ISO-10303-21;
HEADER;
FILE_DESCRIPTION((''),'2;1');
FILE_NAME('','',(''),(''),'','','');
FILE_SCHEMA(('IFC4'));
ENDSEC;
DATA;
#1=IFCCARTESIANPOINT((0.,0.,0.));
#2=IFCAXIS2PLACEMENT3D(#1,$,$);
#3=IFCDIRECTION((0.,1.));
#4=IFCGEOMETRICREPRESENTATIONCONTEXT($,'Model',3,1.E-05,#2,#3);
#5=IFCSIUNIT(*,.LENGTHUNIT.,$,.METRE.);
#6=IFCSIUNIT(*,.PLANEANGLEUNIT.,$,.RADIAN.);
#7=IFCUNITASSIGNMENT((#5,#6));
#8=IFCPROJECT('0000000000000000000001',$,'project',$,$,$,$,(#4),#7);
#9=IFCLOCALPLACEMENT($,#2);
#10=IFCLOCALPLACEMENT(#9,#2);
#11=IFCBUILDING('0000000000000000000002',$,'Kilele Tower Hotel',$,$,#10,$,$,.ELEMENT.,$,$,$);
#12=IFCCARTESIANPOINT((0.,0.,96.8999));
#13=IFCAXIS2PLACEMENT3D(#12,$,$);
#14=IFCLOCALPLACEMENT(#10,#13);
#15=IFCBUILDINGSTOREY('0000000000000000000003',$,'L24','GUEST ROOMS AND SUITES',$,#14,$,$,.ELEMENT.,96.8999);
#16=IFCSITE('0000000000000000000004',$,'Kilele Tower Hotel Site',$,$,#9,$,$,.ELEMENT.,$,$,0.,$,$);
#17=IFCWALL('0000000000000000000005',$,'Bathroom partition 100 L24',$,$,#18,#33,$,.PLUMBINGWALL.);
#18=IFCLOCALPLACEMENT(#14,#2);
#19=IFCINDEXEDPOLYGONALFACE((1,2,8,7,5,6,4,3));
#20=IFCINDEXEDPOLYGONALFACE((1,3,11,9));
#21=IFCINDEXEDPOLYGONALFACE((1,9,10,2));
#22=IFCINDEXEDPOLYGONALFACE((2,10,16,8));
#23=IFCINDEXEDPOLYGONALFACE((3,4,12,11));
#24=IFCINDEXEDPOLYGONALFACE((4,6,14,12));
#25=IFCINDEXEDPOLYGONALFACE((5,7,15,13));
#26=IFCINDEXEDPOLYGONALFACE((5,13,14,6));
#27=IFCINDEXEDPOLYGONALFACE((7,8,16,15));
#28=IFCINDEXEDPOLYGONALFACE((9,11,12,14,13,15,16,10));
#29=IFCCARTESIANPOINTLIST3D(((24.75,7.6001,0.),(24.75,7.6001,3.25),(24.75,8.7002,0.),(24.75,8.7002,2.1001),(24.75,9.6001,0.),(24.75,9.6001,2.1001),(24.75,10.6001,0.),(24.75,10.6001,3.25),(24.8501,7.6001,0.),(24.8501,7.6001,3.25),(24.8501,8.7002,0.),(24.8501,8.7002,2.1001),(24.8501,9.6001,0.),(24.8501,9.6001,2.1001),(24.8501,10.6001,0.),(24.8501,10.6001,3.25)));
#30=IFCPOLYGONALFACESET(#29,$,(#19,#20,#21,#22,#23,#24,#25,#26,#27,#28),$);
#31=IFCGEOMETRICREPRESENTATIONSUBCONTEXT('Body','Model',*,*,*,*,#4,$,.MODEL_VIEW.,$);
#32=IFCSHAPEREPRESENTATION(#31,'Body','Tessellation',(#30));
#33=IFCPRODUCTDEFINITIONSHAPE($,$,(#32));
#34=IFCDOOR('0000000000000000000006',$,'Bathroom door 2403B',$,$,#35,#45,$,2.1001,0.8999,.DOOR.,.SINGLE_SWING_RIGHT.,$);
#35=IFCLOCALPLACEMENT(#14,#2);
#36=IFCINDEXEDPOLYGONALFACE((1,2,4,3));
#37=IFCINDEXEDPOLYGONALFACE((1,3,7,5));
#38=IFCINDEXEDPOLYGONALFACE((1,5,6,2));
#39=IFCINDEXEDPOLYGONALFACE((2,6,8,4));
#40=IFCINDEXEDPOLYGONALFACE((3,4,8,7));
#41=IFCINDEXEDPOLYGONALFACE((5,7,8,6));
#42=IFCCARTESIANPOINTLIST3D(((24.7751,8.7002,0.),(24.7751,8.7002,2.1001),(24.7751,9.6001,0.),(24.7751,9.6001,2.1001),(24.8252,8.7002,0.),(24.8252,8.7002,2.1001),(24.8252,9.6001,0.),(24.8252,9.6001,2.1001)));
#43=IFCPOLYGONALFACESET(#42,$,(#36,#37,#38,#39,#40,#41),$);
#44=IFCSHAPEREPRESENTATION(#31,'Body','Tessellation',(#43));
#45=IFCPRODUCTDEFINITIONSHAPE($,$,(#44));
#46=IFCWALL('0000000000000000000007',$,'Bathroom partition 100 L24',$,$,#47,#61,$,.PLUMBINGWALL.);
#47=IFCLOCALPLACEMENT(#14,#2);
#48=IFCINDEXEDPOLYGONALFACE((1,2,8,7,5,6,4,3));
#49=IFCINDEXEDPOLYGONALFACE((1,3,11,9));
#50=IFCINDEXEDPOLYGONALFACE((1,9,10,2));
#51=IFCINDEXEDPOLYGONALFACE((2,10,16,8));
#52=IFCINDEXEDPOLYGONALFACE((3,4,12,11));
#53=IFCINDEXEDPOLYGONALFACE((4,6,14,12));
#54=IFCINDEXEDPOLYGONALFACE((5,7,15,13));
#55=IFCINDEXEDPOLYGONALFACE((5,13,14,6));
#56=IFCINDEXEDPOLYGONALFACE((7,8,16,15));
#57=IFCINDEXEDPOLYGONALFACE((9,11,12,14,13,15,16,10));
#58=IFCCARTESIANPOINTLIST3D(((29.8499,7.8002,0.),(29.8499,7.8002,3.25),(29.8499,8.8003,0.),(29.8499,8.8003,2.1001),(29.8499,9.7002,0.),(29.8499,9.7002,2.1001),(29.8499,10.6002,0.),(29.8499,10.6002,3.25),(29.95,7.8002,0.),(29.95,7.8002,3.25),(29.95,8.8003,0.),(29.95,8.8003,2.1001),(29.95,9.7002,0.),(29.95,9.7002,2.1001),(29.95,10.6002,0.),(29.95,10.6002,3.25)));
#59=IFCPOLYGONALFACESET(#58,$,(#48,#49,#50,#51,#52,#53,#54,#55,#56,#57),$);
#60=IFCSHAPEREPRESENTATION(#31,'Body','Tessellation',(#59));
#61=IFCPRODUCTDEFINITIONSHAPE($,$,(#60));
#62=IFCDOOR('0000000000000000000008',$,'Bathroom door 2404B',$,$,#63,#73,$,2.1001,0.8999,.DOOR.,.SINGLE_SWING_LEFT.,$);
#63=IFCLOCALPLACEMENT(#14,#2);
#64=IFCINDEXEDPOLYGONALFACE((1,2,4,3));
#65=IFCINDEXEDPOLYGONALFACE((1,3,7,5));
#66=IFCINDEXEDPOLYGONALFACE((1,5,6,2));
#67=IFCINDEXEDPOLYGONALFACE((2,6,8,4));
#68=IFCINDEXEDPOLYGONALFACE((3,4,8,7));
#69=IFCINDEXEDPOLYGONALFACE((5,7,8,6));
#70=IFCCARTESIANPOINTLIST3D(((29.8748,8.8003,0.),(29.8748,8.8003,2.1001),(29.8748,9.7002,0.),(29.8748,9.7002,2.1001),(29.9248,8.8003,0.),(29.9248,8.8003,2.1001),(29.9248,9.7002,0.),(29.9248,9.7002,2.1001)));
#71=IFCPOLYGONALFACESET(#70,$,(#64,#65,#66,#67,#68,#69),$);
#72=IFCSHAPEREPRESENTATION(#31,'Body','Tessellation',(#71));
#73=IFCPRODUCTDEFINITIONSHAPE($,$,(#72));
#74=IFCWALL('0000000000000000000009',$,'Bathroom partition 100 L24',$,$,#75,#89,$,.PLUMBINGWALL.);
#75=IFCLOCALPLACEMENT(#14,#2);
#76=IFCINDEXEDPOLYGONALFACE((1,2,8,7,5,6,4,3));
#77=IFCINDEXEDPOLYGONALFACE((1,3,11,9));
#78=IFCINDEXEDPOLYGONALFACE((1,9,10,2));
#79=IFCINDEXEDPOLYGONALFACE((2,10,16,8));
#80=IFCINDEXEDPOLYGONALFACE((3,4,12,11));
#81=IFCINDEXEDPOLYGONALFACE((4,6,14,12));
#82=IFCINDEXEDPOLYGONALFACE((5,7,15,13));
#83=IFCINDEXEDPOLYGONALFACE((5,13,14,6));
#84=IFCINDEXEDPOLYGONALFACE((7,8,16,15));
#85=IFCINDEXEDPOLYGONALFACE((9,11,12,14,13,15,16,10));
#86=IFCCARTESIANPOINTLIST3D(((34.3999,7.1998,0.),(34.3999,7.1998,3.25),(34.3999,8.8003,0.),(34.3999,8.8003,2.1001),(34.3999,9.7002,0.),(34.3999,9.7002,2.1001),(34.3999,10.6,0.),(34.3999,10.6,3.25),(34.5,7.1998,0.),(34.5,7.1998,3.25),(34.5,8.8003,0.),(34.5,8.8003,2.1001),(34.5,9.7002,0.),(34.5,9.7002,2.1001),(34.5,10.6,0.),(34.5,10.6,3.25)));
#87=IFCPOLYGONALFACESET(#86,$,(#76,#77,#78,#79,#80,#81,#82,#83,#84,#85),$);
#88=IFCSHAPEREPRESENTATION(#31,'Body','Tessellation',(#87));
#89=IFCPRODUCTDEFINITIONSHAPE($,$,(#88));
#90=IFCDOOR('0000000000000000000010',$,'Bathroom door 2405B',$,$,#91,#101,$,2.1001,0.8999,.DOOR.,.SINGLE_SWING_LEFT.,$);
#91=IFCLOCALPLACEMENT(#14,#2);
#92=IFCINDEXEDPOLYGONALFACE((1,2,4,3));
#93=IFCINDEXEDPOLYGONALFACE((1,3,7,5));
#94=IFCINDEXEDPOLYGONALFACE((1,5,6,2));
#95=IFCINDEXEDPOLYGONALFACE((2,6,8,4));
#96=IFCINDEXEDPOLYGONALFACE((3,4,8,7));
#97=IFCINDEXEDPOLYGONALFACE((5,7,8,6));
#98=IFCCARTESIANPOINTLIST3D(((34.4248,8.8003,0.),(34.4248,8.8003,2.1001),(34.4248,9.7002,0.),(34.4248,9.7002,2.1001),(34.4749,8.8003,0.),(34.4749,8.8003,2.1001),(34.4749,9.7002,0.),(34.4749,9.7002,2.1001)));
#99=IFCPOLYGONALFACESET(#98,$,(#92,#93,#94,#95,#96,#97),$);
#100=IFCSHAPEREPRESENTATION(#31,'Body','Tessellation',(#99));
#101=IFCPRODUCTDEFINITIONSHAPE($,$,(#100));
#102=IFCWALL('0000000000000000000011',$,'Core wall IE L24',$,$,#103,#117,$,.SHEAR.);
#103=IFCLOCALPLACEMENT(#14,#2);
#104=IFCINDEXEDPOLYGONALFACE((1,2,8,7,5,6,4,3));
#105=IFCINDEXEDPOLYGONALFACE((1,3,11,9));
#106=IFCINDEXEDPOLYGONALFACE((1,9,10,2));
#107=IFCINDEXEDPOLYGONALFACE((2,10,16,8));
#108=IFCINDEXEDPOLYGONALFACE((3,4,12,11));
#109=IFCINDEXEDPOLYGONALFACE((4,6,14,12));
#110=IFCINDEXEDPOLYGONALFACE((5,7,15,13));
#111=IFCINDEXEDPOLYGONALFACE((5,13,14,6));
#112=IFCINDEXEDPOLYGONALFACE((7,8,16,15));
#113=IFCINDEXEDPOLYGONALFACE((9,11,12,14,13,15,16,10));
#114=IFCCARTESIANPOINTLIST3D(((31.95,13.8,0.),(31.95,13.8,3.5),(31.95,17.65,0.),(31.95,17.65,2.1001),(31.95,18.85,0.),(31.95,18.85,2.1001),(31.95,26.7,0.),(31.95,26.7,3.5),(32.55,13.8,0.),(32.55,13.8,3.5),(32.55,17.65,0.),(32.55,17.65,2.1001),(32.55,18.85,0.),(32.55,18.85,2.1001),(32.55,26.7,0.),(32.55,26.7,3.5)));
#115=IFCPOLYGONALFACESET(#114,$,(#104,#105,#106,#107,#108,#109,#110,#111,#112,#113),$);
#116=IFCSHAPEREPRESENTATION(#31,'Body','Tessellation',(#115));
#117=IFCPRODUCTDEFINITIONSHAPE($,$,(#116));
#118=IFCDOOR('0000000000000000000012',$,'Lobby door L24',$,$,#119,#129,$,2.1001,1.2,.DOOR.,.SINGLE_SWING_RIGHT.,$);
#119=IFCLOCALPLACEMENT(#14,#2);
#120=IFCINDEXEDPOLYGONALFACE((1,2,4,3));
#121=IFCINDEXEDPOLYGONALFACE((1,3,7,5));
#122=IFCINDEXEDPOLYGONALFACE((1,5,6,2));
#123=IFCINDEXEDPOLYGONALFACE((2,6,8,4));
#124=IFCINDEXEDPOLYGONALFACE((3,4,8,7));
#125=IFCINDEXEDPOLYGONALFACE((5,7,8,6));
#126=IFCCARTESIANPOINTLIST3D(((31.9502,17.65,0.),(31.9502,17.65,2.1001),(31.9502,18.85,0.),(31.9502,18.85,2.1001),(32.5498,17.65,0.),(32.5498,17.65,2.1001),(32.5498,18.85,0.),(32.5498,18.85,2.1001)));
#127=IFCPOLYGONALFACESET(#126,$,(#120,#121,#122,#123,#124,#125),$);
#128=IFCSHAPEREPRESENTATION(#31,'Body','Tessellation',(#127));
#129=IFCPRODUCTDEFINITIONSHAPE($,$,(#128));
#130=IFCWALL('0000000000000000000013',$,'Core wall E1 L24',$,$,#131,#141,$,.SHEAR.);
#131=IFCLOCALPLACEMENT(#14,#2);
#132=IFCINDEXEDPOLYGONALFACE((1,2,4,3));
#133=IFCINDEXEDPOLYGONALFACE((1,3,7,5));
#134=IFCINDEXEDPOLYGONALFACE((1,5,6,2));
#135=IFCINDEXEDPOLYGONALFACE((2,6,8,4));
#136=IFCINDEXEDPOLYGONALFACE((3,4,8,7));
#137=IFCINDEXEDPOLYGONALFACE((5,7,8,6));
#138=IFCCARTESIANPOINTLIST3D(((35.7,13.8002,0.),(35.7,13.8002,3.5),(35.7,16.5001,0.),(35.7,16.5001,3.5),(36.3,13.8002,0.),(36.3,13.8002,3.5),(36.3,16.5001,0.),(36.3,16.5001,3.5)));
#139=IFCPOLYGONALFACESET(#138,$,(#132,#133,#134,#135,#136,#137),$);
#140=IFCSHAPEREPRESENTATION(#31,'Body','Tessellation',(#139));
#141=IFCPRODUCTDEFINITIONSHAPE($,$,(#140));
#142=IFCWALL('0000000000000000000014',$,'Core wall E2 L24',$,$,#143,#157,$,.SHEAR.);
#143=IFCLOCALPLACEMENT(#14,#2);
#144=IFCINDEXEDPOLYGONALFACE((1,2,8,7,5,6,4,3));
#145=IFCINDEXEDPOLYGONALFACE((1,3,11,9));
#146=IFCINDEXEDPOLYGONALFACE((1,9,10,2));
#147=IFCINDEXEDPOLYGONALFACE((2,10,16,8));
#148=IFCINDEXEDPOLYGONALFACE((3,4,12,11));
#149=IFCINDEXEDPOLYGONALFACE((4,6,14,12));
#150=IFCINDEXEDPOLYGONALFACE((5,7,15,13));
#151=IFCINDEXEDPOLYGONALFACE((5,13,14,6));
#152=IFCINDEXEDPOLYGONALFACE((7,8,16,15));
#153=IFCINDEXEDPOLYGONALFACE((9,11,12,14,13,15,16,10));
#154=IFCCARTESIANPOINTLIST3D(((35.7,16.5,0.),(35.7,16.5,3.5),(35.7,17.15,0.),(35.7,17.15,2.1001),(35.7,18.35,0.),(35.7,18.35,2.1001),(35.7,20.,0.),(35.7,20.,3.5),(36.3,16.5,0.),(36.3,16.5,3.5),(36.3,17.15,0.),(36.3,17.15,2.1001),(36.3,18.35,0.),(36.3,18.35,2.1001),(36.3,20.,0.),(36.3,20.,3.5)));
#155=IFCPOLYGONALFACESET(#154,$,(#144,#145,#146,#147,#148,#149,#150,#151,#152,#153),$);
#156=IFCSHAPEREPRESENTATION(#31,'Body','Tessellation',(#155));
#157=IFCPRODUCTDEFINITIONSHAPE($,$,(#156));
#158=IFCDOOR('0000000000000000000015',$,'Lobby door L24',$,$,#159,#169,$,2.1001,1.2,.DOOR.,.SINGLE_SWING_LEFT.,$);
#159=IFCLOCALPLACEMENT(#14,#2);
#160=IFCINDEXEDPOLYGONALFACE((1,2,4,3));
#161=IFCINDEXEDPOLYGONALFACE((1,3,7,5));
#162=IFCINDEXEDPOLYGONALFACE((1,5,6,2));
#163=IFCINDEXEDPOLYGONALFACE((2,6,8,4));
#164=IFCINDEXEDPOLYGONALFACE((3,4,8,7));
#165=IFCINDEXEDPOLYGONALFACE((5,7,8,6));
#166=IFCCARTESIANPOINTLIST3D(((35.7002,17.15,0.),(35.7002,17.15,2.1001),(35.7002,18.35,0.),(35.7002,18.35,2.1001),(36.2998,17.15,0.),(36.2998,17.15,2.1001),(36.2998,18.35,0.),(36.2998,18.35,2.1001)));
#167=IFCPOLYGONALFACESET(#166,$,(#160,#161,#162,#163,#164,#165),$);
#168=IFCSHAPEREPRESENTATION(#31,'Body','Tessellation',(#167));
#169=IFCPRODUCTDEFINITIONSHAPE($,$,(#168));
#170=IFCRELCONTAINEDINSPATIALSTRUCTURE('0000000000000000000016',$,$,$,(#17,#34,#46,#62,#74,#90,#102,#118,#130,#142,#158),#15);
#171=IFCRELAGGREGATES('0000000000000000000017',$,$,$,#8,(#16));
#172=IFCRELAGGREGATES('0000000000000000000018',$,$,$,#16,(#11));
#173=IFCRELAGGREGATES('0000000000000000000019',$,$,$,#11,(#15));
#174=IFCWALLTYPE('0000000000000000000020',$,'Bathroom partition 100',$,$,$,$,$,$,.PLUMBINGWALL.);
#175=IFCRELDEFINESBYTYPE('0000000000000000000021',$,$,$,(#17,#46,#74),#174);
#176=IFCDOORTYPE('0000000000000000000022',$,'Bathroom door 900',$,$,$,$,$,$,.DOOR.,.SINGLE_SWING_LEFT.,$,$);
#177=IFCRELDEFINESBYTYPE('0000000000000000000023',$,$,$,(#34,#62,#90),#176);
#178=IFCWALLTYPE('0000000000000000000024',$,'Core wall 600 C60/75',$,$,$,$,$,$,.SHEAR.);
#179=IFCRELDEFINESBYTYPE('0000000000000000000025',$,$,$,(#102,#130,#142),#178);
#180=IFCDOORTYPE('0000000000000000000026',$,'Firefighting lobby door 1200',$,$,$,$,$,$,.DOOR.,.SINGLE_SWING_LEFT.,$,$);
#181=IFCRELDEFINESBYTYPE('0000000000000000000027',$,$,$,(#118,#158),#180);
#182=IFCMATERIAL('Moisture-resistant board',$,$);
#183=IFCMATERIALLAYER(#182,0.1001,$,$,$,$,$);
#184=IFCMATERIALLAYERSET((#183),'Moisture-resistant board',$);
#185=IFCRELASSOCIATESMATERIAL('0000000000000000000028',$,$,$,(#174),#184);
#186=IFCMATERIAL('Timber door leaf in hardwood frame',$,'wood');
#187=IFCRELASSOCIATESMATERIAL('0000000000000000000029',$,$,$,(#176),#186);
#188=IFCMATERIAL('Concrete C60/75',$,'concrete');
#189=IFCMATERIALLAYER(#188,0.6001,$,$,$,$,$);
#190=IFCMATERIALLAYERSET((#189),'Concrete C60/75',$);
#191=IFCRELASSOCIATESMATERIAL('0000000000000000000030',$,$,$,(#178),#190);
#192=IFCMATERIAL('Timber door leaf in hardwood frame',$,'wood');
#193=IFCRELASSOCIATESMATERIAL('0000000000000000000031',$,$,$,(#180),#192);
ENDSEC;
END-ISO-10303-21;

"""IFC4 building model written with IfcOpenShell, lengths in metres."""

from ifc_helpers import new_model, si_unit, direction, frame, frame_2d, origin, place, context, subcontext, project, spatial, rectangle, extrude, material, layer, layer_set, type_object, element, fill, save


model = new_model("IFC4")

# Units and contexts
model_context = context("Model", 3, precision=1e-05, world=origin(), true_north=direction((0.0, 1.0)))
body_context = subcontext(model_context, "Body", "Model", "MODEL_VIEW")
ifc_project = project(units=[si_unit("LENGTHUNIT", "METRE"), si_unit("PLANEANGLEUNIT", "RADIAN")], contexts=[model_context])

# Site, building, storey
site_placement = place(None, origin())
site = spatial("IfcSite", under=ifc_project, at=site_placement, Name="Kilele Tower Hotel Site", CompositionType="ELEMENT", RefElevation=0.0)
building_placement = place(site_placement, origin())
building = spatial("IfcBuilding", under=site, at=building_placement, Name="Kilele Tower Hotel", CompositionType="ELEMENT")
storey_placement = place(building_placement, frame((0.0, 0.0, 96.8999)))
storey = spatial("IfcBuildingStorey", under=building, at=storey_placement, Name="L24", Description="GUEST ROOMS AND SUITES", CompositionType="ELEMENT", Elevation=96.8999)

# Walls, openings, doors
ifc_material_1 = material(Name="Moisture-resistant board")
ifc_layer_1 = layer(ifc_material_1, 0.1001)
ifc_layer_set_1 = layer_set([ifc_layer_1], Name="Moisture-resistant board")
wall_type_1 = type_object("IfcWallType", Name="Bathroom partition 100", PredefinedType="PLUMBINGWALL", material=ifc_layer_set_1)
wall_1_placement = place(storey_placement, frame((24.8, 10.6001, 0.0), z_axis=(0.0, 0.0, 1.0), x_axis=(0.0, -1.0, 0.0)))
wall_1 = element("IfcWall", 1, at=wall_1_placement, inside=storey, type_object=wall_type_1, Name="Bathroom partition 100 L24", PredefinedType="PLUMBINGWALL", context=body_context, shape_type="SweptSolid", body=[
    extrude(rectangle(XDim=3.0, YDim=0.1001, at=frame_2d((1.5, 0.0))), origin(), (0.0, 0.0, 1.0), 3.25),
])
opening_1_placement = place(wall_1_placement, frame((1.8999, 0.0, 0.0), z_axis=(0.0, 0.0, 1.0), x_axis=(-1.0, 0.0, 0.0)))
opening_1 = element("IfcOpeningElement", 2, at=opening_1_placement, cuts=wall_1, PredefinedType="OPENING", context=body_context, shape_type="SweptSolid", body=[
    extrude(rectangle(XDim=0.8999, YDim=2.1001, at=frame_2d((0.45, 1.05))), frame((0.0, 0.0601, 0.0), z_axis=(0.0, -1.0, 0.0), x_axis=(1.0, 0.0, 0.0)), (0.0, 0.0, 1.0), 0.1201),
])
ifc_material_2 = material(Name="Timber door leaf in hardwood frame", Category="wood")
door_type_1 = type_object("IfcDoorType", Name="Bathroom door 900", OperationType="SINGLE_SWING_LEFT", PredefinedType="DOOR", material=ifc_material_2)
door_1_placement = place(opening_1_placement, origin())
door_1 = element("IfcDoor", 3, at=door_1_placement, inside=storey, type_object=door_type_1, Name="Bathroom door 2403B", OperationType="SINGLE_SWING_RIGHT", OverallHeight=2.1001, OverallWidth=0.8999, PredefinedType="DOOR", context=body_context, shape_type="SweptSolid", body=[
    extrude(rectangle(XDim=0.8999, YDim=2.1001, at=frame_2d((0.45, 1.05))), frame((0.0, 0.0249, 0.0), z_axis=(0.0, -1.0, 0.0), x_axis=(1.0, 0.0, 0.0)), (0.0, 0.0, 1.0), 0.05),
])
fill(opening_1, door_1)
wall_2_placement = place(storey_placement, frame((29.8999, 10.6001, 0.0), z_axis=(0.0, 0.0, 1.0), x_axis=(0.0, -1.0, 0.0)))
wall_2 = element("IfcWall", 4, at=wall_2_placement, inside=storey, type_object=wall_type_1, Name="Bathroom partition 100 L24", PredefinedType="PLUMBINGWALL", context=body_context, shape_type="SweptSolid", body=[
    extrude(rectangle(XDim=2.8, YDim=0.1001, at=frame_2d((1.3999, 0.0))), origin(), (0.0, 0.0, 1.0), 3.25),
])
opening_2_placement = place(wall_2_placement, frame((0.8999, 0.0, 0.0)))
opening_2 = element("IfcOpeningElement", 5, at=opening_2_placement, cuts=wall_2, PredefinedType="OPENING", context=body_context, shape_type="SweptSolid", body=[
    extrude(rectangle(XDim=0.8999, YDim=2.1001, at=frame_2d((0.45, 1.05))), frame((0.0, 0.0601, 0.0), z_axis=(0.0, -1.0, 0.0), x_axis=(1.0, 0.0, 0.0)), (0.0, 0.0, 1.0), 0.1201),
])
door_2_placement = place(opening_2_placement, origin())
door_2 = element("IfcDoor", 6, at=door_2_placement, inside=storey, type_object=door_type_1, Name="Bathroom door 2404B", OperationType="SINGLE_SWING_LEFT", OverallHeight=2.1001, OverallWidth=0.8999, PredefinedType="DOOR", context=body_context, shape_type="SweptSolid", body=[
    extrude(rectangle(XDim=0.8999, YDim=2.1001, at=frame_2d((0.45, 1.05))), frame((0.0, 0.0249, 0.0), z_axis=(0.0, -1.0, 0.0), x_axis=(1.0, 0.0, 0.0)), (0.0, 0.0, 1.0), 0.05),
])
fill(opening_2, door_2)
wall_3_placement = place(storey_placement, frame((34.45, 10.6001, 0.0), z_axis=(0.0, 0.0, 1.0), x_axis=(0.0, -1.0, 0.0)))
wall_3 = element("IfcWall", 7, at=wall_3_placement, inside=storey, type_object=wall_type_1, Name="Bathroom partition 100 L24", PredefinedType="PLUMBINGWALL", context=body_context, shape_type="SweptSolid", body=[
    extrude(rectangle(XDim=3.4001, YDim=0.1001, at=frame_2d((1.7002, 0.0))), origin(), (0.0, 0.0, 1.0), 3.25),
])
opening_3_placement = place(wall_3_placement, frame((0.8999, 0.0, 0.0)))
opening_3 = element("IfcOpeningElement", 8, at=opening_3_placement, cuts=wall_3, PredefinedType="OPENING", context=body_context, shape_type="SweptSolid", body=[
    extrude(rectangle(XDim=0.8999, YDim=2.1001, at=frame_2d((0.45, 1.05))), frame((0.0, 0.0601, 0.0), z_axis=(0.0, -1.0, 0.0), x_axis=(1.0, 0.0, 0.0)), (0.0, 0.0, 1.0), 0.1201),
])
door_3_placement = place(opening_3_placement, origin())
door_3 = element("IfcDoor", 9, at=door_3_placement, inside=storey, type_object=door_type_1, Name="Bathroom door 2405B", OperationType="SINGLE_SWING_LEFT", OverallHeight=2.1001, OverallWidth=0.8999, PredefinedType="DOOR", context=body_context, shape_type="SweptSolid", body=[
    extrude(rectangle(XDim=0.8999, YDim=2.1001, at=frame_2d((0.45, 1.05))), frame((0.0, 0.0249, 0.0), z_axis=(0.0, -1.0, 0.0), x_axis=(1.0, 0.0, 0.0)), (0.0, 0.0, 1.0), 0.05),
])
fill(opening_3, door_3)
ifc_material_3 = material(Name="Concrete C60/75", Category="concrete")
ifc_layer_2 = layer(ifc_material_3, 0.6001)
ifc_layer_set_2 = layer_set([ifc_layer_2], Name="Concrete C60/75")
wall_type_2 = type_object("IfcWallType", Name="Core wall 600 C60/75", PredefinedType="SHEAR", material=ifc_layer_set_2)
wall_4_placement = place(storey_placement, frame((32.25, 13.8, 0.0), z_axis=(0.0, 0.0, 1.0), x_axis=(0.0, 1.0, 0.0)))
wall_4 = element("IfcWall", 10, at=wall_4_placement, inside=storey, type_object=wall_type_2, Name="Core wall IE L24", PredefinedType="SHEAR", context=body_context, shape_type="SweptSolid", body=[
    extrude(rectangle(XDim=12.8999, YDim=0.6001, at=frame_2d((6.45, 0.0))), origin(), (0.0, 0.0, 1.0), 3.5),
])
opening_4_placement = place(wall_4_placement, frame((5.05, 0.0, 0.0), z_axis=(0.0, 0.0, 1.0), x_axis=(-1.0, 0.0, 0.0)))
opening_4 = element("IfcOpeningElement", 11, at=opening_4_placement, cuts=wall_4, PredefinedType="OPENING", context=body_context, shape_type="SweptSolid", body=[
    extrude(rectangle(XDim=1.2, YDim=2.1001, at=frame_2d((0.6001, 1.05))), frame((0.0, 0.3101, 0.0), z_axis=(0.0, -1.0, 0.0), x_axis=(1.0, 0.0, 0.0)), (0.0, 0.0, 1.0), 0.6201),
])
ifc_material_4 = material(Name="Timber door leaf in hardwood frame", Category="wood")
door_type_2 = type_object("IfcDoorType", Name="Firefighting lobby door 1200", OperationType="SINGLE_SWING_LEFT", PredefinedType="DOOR", material=ifc_material_4)
door_4_placement = place(opening_4_placement, origin())
door_4 = element("IfcDoor", 12, at=door_4_placement, inside=storey, type_object=door_type_2, Name="Lobby door L24", OperationType="SINGLE_SWING_RIGHT", OverallHeight=2.1001, OverallWidth=1.2, PredefinedType="DOOR", context=body_context, shape_type="SweptSolid", body=[
    extrude(rectangle(XDim=1.2, YDim=2.1001, at=frame_2d((0.6001, 1.05))), frame((0.0, 0.2998, 0.0), z_axis=(0.0, -1.0, 0.0), x_axis=(1.0, 0.0, 0.0)), (0.0, 0.0, 1.0), 0.5996),
])
fill(opening_4, door_4)

# Wall
wall_5_placement = place(storey_placement, frame((36.0, 13.8, 0.0), z_axis=(0.0, 0.0, 1.0), x_axis=(0.0, 1.0, 0.0)))
element("IfcWall", 13, at=wall_5_placement, inside=storey, type_object=wall_type_2, Name="Core wall E1 L24", PredefinedType="SHEAR", context=body_context, shape_type="SweptSolid", body=[
    extrude(rectangle(XDim=2.7, YDim=0.6001, at=frame_2d((1.3501, 0.0))), origin(), (0.0, 0.0, 1.0), 3.5),
])

# Wall, opening, door
wall_6_placement = place(storey_placement, frame((36.0, 16.5, 0.0), z_axis=(0.0, 0.0, 1.0), x_axis=(0.0, 1.0, 0.0)))
wall_6 = element("IfcWall", 14, at=wall_6_placement, inside=storey, type_object=wall_type_2, Name="Core wall E2 L24", PredefinedType="SHEAR", context=body_context, shape_type="SweptSolid", body=[
    extrude(rectangle(XDim=3.5, YDim=0.6001, at=frame_2d((1.75, 0.0))), origin(), (0.0, 0.0, 1.0), 3.5),
])
opening_5_placement = place(wall_6_placement, frame((0.6499, 0.0, 0.0)))
opening_5 = element("IfcOpeningElement", 15, at=opening_5_placement, cuts=wall_6, PredefinedType="OPENING", context=body_context, shape_type="SweptSolid", body=[
    extrude(rectangle(XDim=1.2, YDim=2.1001, at=frame_2d((0.6001, 1.05))), frame((0.0, 0.3101, 0.0), z_axis=(0.0, -1.0, 0.0), x_axis=(1.0, 0.0, 0.0)), (0.0, 0.0, 1.0), 0.6201),
])
door_5_placement = place(opening_5_placement, origin())
door_5 = element("IfcDoor", 16, at=door_5_placement, inside=storey, type_object=door_type_2, Name="Lobby door L24", OperationType="SINGLE_SWING_LEFT", OverallHeight=2.1001, OverallWidth=1.2, PredefinedType="DOOR", context=body_context, shape_type="SweptSolid", body=[
    extrude(rectangle(XDim=1.2, YDim=2.1001, at=frame_2d((0.6001, 1.05))), frame((0.0, 0.2998, 0.0), z_axis=(0.0, -1.0, 0.0), x_axis=(1.0, 0.0, 0.0)), (0.0, 0.0, 1.0), 0.5996),
])
fill(opening_5, door_5)

save(model, "model.ifc")
